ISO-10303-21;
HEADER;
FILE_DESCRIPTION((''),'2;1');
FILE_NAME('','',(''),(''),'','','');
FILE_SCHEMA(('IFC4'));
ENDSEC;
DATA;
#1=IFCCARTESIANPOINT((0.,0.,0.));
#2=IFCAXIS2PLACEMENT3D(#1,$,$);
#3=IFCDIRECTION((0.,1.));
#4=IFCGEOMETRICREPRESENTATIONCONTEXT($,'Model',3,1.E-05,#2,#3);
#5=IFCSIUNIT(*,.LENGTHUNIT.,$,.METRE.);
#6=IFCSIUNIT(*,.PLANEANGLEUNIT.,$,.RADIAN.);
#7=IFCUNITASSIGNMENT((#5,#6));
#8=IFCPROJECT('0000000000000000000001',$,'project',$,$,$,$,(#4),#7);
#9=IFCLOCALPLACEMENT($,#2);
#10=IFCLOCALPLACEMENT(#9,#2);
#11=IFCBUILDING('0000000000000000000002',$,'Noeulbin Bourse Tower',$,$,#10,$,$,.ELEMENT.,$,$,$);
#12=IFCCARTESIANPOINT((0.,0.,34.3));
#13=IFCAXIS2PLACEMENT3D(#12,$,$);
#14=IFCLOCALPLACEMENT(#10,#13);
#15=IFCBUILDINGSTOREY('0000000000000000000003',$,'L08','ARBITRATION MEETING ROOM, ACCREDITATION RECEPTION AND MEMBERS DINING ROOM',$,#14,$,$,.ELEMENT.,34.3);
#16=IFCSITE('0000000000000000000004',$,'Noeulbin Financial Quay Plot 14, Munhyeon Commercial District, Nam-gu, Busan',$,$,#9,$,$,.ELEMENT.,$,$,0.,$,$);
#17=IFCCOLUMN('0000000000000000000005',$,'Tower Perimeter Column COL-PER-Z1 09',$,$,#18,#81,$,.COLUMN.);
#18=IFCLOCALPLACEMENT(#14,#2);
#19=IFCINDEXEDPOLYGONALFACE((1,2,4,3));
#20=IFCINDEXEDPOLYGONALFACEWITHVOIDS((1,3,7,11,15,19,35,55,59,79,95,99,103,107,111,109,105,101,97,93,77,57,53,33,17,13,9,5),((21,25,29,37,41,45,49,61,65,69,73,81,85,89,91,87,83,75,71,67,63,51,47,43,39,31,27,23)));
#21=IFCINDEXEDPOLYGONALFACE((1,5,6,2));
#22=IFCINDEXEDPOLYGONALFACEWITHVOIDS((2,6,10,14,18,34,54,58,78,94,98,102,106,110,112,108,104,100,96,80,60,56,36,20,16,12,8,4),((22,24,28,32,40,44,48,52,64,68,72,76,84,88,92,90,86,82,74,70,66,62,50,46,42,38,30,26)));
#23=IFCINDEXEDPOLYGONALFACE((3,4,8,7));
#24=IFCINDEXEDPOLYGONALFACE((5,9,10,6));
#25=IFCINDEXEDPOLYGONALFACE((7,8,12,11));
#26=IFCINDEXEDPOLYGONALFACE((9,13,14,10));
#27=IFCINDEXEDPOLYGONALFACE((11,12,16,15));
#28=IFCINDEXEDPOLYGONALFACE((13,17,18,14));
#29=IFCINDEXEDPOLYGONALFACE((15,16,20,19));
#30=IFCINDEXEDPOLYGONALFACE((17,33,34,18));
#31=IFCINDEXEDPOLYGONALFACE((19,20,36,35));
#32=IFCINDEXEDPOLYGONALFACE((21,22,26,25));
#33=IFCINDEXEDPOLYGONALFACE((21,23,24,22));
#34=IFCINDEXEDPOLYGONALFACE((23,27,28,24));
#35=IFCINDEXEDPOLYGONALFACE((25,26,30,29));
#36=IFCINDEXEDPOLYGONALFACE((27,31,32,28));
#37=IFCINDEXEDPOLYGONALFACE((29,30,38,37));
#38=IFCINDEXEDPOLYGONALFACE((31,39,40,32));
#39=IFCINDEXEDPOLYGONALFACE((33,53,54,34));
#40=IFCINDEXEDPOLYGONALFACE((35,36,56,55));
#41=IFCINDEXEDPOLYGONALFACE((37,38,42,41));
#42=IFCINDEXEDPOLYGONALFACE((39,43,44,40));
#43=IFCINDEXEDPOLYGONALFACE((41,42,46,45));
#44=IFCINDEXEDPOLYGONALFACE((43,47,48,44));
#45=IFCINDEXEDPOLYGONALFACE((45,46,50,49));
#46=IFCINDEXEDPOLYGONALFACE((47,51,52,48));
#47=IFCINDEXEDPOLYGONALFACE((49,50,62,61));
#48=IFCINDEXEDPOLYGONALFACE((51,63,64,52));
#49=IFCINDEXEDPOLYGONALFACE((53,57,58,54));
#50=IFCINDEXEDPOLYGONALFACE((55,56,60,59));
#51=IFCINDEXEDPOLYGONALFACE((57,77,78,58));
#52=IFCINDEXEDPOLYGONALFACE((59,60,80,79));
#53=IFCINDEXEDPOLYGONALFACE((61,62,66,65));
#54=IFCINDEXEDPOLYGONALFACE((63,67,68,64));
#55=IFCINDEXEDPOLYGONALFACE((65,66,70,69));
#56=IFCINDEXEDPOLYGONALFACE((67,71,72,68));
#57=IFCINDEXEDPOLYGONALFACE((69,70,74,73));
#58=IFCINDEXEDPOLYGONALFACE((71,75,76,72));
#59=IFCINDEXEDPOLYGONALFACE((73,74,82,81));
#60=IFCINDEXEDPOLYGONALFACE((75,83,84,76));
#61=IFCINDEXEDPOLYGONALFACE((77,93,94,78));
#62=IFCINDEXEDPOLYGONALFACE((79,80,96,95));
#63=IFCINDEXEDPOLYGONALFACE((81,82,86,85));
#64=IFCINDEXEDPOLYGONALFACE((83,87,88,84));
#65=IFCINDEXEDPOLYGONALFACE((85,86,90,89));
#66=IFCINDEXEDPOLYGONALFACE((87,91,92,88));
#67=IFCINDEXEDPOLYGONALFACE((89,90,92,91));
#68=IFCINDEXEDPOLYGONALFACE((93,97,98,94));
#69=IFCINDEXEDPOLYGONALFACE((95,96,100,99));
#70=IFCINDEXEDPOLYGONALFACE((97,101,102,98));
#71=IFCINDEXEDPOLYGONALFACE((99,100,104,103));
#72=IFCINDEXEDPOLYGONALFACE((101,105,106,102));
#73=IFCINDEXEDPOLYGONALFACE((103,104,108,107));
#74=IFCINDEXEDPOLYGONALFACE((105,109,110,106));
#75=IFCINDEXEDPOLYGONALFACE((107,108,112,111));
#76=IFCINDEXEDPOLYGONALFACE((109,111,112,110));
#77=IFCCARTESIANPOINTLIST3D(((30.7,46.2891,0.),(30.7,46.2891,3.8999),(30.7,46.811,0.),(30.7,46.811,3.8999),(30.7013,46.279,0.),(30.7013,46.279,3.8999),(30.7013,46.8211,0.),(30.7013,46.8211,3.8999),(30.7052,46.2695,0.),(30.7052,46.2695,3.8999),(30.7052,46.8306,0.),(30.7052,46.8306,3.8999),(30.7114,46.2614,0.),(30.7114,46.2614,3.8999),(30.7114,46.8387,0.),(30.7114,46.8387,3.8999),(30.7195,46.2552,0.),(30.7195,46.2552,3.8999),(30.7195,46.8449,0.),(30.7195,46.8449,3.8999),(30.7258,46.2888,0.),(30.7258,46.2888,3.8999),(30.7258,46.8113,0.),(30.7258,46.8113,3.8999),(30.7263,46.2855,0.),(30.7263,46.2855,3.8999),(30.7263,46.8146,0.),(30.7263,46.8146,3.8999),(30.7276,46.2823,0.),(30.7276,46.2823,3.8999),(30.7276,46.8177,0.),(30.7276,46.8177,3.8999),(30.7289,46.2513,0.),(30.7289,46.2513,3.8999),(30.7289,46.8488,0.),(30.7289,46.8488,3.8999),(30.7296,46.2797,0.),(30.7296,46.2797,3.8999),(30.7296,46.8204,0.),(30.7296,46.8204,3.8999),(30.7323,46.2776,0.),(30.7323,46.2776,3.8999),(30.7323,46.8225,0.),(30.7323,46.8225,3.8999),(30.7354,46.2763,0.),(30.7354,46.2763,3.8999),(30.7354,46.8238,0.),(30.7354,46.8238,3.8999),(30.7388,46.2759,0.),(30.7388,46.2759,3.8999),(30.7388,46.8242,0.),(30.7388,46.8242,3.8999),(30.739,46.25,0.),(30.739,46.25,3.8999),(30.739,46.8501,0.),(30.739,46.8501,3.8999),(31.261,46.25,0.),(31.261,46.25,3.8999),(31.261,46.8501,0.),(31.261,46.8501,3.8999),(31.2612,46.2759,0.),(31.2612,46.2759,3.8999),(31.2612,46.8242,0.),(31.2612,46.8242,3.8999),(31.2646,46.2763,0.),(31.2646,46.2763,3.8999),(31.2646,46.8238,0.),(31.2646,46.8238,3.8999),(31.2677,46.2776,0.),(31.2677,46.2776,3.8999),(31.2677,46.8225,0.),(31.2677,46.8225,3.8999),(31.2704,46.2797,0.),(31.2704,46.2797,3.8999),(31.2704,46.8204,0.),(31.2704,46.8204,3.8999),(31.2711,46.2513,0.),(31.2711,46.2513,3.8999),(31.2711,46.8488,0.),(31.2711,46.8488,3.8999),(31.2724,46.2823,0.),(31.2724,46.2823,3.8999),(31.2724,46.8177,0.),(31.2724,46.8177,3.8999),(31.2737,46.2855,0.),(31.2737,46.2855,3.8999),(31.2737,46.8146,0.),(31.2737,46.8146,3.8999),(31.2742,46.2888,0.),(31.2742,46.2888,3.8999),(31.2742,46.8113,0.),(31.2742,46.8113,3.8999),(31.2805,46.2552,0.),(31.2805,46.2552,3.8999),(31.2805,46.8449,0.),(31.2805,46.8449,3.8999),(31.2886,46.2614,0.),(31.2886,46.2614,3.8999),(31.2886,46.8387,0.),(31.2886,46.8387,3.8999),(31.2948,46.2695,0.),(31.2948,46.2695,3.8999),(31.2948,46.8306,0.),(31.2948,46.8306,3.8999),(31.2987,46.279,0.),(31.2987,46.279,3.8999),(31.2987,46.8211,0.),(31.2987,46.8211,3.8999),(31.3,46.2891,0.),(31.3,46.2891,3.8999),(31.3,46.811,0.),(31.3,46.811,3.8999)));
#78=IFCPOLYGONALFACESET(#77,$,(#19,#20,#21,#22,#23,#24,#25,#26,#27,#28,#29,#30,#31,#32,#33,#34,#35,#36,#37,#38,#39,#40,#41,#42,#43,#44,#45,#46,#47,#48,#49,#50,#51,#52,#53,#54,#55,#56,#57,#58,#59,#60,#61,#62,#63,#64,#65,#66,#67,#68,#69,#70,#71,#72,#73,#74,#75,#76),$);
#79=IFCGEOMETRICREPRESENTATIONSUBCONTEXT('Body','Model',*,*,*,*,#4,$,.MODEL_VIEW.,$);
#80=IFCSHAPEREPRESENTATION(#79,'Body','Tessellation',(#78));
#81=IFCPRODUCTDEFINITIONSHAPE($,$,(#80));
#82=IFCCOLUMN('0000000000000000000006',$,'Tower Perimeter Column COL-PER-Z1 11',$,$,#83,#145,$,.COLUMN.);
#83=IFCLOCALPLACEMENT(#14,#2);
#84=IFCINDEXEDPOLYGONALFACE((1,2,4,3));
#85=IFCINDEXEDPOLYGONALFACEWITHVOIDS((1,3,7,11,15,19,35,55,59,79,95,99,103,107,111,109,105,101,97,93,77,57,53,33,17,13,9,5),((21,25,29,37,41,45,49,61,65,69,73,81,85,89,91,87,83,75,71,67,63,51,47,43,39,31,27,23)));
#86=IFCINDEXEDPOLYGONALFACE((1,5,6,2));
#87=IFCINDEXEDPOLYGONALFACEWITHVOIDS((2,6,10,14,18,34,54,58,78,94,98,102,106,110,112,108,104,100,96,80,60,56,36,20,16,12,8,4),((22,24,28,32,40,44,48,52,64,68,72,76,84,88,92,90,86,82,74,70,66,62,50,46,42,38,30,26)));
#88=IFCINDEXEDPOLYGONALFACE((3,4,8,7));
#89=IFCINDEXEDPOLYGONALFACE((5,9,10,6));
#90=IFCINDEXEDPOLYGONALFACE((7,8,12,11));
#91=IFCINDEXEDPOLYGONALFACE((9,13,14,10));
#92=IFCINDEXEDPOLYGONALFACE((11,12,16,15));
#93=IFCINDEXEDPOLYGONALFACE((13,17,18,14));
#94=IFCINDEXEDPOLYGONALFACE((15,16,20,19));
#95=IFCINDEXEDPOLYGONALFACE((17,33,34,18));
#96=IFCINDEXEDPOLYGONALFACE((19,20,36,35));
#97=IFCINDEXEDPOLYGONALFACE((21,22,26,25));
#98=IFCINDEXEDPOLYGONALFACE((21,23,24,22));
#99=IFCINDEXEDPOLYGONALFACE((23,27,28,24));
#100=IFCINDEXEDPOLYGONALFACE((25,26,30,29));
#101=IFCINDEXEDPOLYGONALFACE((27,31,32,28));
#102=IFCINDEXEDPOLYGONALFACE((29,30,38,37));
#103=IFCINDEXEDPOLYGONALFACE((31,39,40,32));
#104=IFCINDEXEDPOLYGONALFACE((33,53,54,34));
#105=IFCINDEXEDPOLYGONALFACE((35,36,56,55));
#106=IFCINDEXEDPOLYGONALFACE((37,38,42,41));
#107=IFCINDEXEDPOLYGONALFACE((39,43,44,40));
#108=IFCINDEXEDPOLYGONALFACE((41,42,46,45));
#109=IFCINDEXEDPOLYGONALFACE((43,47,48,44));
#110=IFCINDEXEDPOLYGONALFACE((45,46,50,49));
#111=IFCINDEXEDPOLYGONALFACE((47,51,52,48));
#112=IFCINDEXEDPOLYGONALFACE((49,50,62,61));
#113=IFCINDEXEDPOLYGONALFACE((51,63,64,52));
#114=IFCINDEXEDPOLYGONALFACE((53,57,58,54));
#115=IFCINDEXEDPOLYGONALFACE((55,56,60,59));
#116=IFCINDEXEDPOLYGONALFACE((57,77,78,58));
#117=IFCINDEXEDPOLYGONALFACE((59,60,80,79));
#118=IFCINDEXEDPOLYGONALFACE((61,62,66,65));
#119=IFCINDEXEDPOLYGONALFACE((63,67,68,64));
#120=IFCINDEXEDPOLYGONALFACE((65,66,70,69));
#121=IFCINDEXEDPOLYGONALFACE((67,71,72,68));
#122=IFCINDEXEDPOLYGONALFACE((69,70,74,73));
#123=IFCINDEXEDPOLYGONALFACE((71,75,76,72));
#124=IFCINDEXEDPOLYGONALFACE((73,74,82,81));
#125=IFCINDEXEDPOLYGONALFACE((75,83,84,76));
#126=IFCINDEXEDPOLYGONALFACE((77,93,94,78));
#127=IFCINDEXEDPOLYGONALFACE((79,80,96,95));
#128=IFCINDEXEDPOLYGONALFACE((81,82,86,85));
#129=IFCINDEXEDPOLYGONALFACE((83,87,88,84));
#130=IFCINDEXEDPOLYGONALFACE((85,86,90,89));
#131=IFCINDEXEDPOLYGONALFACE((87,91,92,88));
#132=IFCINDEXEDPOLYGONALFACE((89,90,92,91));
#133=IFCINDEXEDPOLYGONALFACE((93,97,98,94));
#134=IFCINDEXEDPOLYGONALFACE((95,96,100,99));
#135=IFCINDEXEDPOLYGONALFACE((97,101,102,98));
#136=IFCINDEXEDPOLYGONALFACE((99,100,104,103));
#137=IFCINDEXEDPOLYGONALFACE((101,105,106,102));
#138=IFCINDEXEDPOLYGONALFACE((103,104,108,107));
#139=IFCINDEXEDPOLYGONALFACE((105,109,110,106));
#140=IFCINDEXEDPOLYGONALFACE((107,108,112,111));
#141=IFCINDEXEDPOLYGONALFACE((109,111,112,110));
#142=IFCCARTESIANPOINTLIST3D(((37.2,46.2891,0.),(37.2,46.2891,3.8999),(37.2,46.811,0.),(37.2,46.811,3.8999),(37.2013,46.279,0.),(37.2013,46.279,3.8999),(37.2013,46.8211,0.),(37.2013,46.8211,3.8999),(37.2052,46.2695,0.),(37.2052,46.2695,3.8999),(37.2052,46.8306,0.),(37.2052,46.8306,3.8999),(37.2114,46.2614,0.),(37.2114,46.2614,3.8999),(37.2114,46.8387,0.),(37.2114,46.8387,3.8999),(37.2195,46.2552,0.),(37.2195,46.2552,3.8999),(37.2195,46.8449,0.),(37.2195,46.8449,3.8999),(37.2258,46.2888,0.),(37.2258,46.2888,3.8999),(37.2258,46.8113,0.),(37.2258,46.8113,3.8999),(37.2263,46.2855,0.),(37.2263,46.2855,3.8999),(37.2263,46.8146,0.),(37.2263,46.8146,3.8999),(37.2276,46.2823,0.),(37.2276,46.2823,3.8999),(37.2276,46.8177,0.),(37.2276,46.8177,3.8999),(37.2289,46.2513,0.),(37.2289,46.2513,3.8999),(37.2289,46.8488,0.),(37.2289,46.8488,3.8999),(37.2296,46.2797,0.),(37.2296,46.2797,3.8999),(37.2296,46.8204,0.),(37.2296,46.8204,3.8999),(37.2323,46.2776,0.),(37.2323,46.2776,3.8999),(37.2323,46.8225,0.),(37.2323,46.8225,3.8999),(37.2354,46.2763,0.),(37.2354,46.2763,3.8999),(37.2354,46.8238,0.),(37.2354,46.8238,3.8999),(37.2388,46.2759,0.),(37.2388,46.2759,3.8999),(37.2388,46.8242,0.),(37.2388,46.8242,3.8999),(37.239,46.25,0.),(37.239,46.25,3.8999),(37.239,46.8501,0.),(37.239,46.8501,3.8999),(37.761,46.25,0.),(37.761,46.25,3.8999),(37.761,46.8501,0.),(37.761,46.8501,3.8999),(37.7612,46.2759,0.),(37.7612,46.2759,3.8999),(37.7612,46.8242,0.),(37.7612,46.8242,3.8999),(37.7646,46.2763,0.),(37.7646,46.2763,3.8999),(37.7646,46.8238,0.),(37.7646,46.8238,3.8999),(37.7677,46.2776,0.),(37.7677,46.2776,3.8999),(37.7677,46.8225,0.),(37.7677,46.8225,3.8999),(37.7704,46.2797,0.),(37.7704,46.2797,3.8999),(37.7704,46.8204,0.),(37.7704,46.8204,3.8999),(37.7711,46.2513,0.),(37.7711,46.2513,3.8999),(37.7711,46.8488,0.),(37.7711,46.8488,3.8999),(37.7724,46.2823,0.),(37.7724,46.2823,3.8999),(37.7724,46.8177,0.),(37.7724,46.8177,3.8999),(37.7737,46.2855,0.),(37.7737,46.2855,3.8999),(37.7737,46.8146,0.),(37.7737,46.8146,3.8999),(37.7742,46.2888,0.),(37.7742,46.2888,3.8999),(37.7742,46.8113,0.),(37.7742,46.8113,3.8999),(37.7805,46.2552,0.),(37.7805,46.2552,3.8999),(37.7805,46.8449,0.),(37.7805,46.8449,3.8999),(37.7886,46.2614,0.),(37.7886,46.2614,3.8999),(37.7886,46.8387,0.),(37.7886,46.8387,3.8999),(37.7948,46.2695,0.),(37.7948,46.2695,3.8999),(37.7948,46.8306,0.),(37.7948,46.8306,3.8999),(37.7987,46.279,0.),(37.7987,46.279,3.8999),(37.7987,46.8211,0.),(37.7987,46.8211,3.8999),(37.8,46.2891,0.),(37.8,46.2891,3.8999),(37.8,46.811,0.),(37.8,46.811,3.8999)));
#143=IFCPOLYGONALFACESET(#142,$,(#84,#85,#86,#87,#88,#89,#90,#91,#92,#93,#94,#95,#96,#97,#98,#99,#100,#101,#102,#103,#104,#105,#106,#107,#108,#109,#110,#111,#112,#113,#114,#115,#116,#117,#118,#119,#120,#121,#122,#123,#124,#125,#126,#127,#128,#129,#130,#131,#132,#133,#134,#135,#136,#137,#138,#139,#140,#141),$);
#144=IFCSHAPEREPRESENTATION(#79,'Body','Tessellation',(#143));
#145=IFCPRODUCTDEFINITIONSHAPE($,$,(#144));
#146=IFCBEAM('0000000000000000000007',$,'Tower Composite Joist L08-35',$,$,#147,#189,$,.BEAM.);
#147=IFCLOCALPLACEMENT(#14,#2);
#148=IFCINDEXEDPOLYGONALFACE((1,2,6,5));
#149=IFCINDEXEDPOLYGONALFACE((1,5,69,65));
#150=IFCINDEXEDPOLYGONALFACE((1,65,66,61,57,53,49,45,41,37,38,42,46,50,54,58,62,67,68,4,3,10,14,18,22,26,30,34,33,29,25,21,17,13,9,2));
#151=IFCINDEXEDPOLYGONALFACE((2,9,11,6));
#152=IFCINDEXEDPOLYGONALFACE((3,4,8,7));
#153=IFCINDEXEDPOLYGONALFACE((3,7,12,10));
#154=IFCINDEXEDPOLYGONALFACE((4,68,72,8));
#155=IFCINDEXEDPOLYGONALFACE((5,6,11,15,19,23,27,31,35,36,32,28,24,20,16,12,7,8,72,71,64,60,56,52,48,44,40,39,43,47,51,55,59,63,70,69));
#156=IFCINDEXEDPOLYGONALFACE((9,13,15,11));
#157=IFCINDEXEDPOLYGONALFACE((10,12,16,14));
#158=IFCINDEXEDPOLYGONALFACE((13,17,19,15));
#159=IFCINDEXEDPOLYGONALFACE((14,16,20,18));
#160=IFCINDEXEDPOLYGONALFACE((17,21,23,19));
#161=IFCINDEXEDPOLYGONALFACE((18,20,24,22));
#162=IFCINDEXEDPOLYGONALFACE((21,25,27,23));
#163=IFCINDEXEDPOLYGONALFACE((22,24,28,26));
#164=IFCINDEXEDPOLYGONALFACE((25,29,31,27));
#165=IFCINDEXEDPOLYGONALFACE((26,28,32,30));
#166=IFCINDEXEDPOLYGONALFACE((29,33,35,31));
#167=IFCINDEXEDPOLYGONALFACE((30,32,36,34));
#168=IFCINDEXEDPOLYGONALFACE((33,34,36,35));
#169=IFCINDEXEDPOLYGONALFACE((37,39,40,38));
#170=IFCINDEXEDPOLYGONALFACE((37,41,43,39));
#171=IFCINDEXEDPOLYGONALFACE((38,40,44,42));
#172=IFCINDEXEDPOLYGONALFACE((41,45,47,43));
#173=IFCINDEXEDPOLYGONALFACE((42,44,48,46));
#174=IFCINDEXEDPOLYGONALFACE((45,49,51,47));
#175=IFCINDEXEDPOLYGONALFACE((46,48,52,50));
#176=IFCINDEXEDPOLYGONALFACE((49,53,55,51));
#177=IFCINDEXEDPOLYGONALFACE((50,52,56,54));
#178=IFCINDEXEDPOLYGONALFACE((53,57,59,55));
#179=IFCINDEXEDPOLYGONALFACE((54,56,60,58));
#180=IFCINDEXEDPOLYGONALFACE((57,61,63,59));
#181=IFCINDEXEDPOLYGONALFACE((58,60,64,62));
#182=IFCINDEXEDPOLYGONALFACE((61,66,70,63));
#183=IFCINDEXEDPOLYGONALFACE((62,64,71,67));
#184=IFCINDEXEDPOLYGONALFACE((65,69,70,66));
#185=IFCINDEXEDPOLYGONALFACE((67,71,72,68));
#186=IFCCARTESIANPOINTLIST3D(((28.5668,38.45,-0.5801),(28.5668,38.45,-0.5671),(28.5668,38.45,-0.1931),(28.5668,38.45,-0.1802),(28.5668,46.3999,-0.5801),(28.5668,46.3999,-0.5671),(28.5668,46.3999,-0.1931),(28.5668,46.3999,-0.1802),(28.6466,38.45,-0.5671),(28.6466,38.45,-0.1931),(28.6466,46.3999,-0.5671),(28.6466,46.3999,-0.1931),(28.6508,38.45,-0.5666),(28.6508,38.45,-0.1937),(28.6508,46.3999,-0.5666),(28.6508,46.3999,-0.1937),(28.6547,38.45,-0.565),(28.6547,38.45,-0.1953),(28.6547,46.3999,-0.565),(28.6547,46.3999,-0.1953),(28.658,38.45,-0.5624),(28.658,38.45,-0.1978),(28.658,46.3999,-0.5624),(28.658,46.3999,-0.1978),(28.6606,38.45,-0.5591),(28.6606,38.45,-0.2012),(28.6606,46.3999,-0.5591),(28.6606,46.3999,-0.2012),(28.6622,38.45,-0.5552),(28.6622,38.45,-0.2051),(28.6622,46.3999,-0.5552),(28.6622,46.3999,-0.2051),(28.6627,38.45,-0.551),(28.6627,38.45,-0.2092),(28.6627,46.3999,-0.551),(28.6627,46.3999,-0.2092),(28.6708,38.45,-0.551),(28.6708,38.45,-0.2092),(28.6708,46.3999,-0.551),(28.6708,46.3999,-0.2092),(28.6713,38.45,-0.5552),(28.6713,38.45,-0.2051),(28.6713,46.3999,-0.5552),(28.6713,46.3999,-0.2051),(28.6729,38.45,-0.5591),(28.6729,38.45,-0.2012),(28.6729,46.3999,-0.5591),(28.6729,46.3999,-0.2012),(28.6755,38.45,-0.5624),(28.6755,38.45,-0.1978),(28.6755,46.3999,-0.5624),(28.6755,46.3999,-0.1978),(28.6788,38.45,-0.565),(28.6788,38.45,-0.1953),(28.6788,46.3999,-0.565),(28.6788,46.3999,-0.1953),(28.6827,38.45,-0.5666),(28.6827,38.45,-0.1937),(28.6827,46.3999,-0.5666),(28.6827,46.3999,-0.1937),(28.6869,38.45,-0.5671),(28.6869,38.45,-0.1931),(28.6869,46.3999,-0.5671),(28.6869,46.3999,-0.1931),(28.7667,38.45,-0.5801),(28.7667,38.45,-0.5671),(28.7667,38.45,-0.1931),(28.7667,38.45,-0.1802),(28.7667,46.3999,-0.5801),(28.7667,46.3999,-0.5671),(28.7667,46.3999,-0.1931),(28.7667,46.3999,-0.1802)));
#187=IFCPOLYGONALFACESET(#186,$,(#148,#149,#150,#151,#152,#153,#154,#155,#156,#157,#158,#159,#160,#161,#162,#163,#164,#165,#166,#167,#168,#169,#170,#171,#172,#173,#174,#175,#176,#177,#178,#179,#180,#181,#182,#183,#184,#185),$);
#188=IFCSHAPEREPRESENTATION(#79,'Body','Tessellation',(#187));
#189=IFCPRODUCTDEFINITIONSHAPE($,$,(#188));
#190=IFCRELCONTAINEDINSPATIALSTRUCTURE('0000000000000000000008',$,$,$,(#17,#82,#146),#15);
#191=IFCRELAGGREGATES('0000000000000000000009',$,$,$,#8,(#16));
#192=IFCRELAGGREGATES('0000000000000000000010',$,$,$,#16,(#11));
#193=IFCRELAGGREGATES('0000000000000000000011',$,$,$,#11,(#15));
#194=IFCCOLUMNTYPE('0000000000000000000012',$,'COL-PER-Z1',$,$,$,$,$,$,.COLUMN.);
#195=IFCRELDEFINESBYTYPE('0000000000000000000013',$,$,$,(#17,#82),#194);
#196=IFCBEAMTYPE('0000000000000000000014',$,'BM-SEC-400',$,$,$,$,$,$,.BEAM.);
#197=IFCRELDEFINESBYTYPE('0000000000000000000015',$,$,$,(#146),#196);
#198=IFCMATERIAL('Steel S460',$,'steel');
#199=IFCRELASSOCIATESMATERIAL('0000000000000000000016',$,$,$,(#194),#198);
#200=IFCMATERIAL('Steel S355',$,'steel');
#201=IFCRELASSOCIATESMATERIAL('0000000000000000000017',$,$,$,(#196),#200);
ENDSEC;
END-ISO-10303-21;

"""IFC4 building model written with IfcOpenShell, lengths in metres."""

from ifc_helpers import new_model, si_unit, direction, frame, origin, origin_2d, place, context, subcontext, project, spatial, hollow_rectangle, i_section, extrude, material, material_profile, profile_set, type_object, element, save


model = new_model("IFC4")

# Units and contexts
model_context = context("Model", 3, precision=1e-05, world=origin(), true_north=direction((0.0, 1.0)))
body_context = subcontext(model_context, "Body", "Model", "MODEL_VIEW")
ifc_project = project(units=[si_unit("LENGTHUNIT", "METRE"), si_unit("PLANEANGLEUNIT", "RADIAN")], contexts=[model_context])

# Site, building, storey
site_placement = place(None, origin())
site = spatial("IfcSite", under=ifc_project, at=site_placement, Name="Noeulbin Financial Quay Plot 14, Munhyeon Commercial District, Nam-gu, Busan", CompositionType="ELEMENT", RefElevation=0.0)
building_placement = place(site_placement, origin())
building = spatial("IfcBuilding", under=site, at=building_placement, Name="Noeulbin Bourse Tower", CompositionType="ELEMENT")
storey_placement = place(building_placement, frame((0.0, 0.0, 34.3)))
storey = spatial("IfcBuildingStorey", under=building, at=storey_placement, Name="L08", Description="ARBITRATION MEETING ROOM, ACCREDITATION RECEPTION AND MEMBERS DINING ROOM", CompositionType="ELEMENT", Elevation=34.3)

# Columns
ifc_material_1 = material(Name="Steel S460", Category="steel")
ifc_material_profile_1 = material_profile(ifc_material_1, hollow_rectangle(XDim=0.6001, YDim=0.6001, WallThickness=0.0259, InnerFilletRadius=0.0129, OuterFilletRadius=0.0391, at=origin_2d()), Name="BOX-600x600x26", Category="LoadBearing")
ifc_profile_set_1 = profile_set([ifc_material_profile_1], Name="Steel S460")
column_type = type_object("IfcColumnType", Name="COL-PER-Z1", PredefinedType="COLUMN", material=ifc_profile_set_1)
for number, where, z_axis, x_axis, name in (
    (1, (31.0, 46.55, 0.0), (0.0, 0.0, 1.0), (1.0, 0.0, 0.0), "Tower Perimeter Column COL-PER-Z1 09"),
    (2, (37.5, 46.55, 0.0), (0.0, 0.0, 1.0), (1.0, 0.0, 0.0), "Tower Perimeter Column COL-PER-Z1 11"),
):
    element("IfcColumn", number, at=place(storey_placement, frame(where, z_axis=z_axis, x_axis=x_axis)), inside=storey, type_object=column_type, Name=name, PredefinedType="COLUMN", context=body_context, shape_type="SweptSolid", body=[
        extrude(hollow_rectangle(XDim=0.6001, YDim=0.6001, WallThickness=0.0259, InnerFilletRadius=0.0129, OuterFilletRadius=0.0391, at=origin_2d()), origin(), (0.0, 0.0, 1.0), 3.8999),
    ])

# Beam
ifc_material_2 = material(Name="Steel S355", Category="steel")
ifc_material_profile_2 = material_profile(ifc_material_2, i_section(OverallWidth=0.2, OverallDepth=0.3999, WebThickness=0.0081, FlangeThickness=0.0129, FilletRadius=0.0161, at=origin_2d()), Name="H-400x200x8x13", Category="LoadBearing")
ifc_profile_set_2 = profile_set([ifc_material_profile_2], Name="Steel S355")
beam_type_1 = type_object("IfcBeamType", Name="BM-SEC-400", PredefinedType="BEAM", material=ifc_profile_set_2)
for number, where, z_axis, x_axis, name in (
    (3, (28.6667, 38.45, -0.3801), (0.0, 1.0, 0.0), (-1.0, 0.0, 0.0), "Tower Composite Joist L08-35"),
):
    element("IfcBeam", number, at=place(storey_placement, frame(where, z_axis=z_axis, x_axis=x_axis)), inside=storey, type_object=beam_type_1, Name=name, PredefinedType="BEAM", context=body_context, shape_type="SweptSolid", body=[
        extrude(i_section(OverallWidth=0.2, OverallDepth=0.3999, WebThickness=0.0081, FlangeThickness=0.0129, FilletRadius=0.0161, at=origin_2d()), origin(), (0.0, 0.0, 1.0), 7.95),
    ])

save(model, "model.ifc")
